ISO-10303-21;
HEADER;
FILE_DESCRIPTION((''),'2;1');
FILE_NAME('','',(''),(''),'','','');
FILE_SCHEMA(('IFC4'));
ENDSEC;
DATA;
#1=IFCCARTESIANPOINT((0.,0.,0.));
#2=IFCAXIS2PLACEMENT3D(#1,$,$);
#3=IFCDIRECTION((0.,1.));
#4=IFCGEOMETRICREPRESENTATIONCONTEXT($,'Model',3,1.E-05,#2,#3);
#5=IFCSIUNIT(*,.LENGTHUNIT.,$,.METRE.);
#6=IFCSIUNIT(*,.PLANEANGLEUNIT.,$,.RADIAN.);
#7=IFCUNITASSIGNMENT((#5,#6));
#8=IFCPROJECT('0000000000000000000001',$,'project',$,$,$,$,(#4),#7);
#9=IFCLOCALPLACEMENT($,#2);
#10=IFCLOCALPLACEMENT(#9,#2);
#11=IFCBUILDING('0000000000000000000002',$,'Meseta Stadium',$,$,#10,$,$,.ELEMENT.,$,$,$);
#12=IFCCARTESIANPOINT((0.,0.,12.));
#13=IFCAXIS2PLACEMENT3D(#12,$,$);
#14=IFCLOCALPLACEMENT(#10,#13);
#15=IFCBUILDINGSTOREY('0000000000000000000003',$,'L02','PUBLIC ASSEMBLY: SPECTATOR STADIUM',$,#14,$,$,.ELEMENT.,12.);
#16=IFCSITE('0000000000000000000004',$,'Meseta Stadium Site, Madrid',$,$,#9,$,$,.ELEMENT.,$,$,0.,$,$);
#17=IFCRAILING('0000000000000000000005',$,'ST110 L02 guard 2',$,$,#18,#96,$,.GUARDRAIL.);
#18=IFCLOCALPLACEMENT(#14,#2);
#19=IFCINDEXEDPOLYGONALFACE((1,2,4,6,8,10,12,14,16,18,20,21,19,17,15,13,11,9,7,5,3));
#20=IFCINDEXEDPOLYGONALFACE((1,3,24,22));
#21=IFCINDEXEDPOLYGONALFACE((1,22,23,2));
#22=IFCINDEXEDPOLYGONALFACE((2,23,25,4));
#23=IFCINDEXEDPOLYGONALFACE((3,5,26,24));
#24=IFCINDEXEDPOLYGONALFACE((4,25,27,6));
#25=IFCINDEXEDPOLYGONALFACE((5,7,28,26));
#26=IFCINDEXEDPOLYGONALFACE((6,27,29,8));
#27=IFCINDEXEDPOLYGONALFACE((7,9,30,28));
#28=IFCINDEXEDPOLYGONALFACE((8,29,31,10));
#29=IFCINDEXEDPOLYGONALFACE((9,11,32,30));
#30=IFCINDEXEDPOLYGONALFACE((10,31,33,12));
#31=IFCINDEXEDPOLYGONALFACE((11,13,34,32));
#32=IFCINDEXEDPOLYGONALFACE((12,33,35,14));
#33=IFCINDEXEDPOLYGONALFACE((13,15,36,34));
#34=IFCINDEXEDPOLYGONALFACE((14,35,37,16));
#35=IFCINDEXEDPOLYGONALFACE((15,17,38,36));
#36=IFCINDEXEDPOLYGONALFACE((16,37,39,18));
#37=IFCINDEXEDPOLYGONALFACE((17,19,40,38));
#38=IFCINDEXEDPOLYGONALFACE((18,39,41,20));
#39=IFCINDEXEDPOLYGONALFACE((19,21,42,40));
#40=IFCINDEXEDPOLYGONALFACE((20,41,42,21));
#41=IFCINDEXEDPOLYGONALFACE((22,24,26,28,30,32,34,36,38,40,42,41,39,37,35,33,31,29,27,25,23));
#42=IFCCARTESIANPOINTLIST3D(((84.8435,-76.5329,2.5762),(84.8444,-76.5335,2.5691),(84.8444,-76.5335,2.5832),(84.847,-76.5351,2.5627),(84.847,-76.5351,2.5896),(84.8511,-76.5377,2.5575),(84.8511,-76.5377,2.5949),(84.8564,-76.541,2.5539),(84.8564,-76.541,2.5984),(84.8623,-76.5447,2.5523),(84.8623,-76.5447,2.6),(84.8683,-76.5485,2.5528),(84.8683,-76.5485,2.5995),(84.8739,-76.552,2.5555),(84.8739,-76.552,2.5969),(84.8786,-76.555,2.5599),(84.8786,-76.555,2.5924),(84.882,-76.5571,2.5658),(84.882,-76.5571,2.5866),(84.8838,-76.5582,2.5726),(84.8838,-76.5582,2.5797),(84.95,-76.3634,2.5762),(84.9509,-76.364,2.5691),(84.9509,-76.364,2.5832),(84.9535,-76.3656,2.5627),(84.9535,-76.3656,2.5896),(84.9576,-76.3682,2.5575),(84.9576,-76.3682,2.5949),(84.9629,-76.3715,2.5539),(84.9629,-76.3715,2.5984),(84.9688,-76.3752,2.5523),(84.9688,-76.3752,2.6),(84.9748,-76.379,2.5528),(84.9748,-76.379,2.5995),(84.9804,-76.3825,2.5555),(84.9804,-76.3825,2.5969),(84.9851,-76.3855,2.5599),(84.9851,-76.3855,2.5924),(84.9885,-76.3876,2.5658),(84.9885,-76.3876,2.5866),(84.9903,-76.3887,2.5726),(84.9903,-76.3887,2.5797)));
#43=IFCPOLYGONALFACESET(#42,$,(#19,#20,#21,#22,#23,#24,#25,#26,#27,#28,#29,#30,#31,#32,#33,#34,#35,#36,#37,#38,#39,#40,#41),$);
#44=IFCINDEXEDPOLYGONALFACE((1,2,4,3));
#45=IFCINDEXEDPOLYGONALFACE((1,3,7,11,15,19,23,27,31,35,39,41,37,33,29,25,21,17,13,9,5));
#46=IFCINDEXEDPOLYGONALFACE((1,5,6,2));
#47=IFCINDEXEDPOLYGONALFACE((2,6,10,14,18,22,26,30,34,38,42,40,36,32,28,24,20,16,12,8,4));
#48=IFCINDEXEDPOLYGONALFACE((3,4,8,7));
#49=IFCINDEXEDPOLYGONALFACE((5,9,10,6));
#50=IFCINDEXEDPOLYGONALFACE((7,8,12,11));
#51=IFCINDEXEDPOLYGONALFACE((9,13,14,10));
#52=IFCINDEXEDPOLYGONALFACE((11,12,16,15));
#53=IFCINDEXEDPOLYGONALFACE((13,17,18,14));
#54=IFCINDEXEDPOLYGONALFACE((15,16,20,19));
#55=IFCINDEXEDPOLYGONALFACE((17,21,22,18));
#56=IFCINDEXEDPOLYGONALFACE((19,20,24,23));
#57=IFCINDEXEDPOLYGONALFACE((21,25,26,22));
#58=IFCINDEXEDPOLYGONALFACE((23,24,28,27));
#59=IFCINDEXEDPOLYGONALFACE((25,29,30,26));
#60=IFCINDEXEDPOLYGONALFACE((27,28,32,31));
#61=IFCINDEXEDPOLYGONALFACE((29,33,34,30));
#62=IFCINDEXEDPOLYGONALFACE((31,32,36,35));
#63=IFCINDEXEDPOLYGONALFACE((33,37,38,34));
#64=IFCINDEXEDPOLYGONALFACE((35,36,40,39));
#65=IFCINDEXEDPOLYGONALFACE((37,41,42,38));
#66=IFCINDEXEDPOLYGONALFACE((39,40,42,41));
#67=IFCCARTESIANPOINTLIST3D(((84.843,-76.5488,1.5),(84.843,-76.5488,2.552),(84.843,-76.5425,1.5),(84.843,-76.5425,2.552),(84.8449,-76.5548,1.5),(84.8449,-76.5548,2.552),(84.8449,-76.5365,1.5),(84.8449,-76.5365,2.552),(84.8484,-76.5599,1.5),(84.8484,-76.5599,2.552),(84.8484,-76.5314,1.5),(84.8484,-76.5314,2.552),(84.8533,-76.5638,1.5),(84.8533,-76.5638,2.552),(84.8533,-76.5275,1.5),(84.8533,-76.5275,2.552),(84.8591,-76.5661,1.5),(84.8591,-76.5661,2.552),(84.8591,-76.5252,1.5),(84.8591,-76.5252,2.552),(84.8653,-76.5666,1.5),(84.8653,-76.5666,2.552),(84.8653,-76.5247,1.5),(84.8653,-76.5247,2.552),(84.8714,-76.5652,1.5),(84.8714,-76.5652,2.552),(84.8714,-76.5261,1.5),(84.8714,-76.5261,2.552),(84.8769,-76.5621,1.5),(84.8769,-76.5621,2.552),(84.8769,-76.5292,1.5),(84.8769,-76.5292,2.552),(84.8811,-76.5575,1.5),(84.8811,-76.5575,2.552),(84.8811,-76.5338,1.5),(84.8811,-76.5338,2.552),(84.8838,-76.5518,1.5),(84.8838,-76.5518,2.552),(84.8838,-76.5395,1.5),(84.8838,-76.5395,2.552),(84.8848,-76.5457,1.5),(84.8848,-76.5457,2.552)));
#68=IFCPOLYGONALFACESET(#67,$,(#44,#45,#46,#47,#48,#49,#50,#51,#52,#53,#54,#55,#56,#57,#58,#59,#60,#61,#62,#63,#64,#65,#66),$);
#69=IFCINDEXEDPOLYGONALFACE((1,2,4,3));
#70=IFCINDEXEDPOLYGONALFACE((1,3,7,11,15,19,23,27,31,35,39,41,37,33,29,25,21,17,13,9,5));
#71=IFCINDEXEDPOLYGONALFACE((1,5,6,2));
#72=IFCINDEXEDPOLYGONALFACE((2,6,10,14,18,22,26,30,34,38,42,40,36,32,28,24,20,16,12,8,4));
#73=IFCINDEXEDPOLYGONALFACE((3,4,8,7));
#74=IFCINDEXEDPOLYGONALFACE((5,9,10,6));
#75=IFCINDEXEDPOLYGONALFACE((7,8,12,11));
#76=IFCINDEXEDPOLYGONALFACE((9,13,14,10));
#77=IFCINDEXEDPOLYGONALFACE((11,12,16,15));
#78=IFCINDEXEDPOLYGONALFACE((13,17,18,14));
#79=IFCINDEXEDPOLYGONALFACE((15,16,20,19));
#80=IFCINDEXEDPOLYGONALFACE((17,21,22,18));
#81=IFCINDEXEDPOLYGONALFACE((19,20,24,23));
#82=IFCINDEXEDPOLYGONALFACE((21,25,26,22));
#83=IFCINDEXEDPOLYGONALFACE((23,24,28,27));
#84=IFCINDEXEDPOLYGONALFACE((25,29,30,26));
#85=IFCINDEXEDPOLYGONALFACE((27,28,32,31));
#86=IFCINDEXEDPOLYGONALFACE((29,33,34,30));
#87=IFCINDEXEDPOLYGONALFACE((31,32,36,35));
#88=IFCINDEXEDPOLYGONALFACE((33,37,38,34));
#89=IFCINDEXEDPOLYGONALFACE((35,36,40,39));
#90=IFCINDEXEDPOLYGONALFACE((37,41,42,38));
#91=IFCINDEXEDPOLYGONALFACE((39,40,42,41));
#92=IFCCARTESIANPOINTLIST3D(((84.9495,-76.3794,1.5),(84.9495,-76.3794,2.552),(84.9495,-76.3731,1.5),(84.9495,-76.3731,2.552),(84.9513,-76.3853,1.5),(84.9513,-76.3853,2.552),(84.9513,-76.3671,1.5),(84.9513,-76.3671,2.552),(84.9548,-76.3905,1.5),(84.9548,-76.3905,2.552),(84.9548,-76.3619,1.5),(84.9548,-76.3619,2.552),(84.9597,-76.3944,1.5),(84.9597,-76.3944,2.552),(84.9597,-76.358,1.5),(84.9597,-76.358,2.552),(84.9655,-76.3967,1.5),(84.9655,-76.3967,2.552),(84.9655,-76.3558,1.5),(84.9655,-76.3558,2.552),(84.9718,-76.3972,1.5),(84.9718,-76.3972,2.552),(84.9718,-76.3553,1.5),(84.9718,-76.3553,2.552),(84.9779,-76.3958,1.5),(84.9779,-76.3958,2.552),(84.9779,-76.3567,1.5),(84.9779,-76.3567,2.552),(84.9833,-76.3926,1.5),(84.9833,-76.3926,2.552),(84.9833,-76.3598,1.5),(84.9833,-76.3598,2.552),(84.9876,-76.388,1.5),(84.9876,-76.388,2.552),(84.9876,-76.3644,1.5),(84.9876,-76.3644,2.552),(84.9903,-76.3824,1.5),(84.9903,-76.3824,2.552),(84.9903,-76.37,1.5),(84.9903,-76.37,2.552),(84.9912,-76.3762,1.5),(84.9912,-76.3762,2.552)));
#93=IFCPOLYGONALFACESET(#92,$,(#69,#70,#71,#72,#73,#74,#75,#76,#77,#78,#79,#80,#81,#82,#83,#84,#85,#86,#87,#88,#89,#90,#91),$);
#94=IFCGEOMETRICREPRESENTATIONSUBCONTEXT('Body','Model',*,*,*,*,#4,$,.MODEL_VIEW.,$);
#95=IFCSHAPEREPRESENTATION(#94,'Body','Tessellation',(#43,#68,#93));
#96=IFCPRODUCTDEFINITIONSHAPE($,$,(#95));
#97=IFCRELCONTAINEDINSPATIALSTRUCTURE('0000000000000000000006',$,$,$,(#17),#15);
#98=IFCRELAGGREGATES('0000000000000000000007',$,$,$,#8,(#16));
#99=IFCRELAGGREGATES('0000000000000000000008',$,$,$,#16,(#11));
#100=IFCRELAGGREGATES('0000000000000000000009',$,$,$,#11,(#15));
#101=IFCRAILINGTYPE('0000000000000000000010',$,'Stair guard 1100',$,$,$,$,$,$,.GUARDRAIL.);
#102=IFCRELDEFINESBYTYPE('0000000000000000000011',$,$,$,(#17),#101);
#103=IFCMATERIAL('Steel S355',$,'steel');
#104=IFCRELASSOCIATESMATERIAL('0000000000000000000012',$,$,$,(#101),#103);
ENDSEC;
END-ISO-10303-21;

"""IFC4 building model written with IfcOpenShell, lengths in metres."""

from ifc_helpers import new_model, si_unit, direction, frame, origin, origin_2d, place, context, subcontext, project, spatial, circle, extrude, material, type_object, element, save


model = new_model("IFC4")

# Units and contexts
model_context = context("Model", 3, precision=1e-05, world=origin(), true_north=direction((0.0, 1.0)))
body_context = subcontext(model_context, "Body", "Model", "MODEL_VIEW")
ifc_project = project(units=[si_unit("LENGTHUNIT", "METRE"), si_unit("PLANEANGLEUNIT", "RADIAN")], contexts=[model_context])

# Site, building, storey
site_placement = place(None, origin())
site = spatial("IfcSite", under=ifc_project, at=site_placement, Name="Meseta Stadium Site, Madrid", CompositionType="ELEMENT", RefElevation=0.0)
building_placement = place(site_placement, origin())
building = spatial("IfcBuilding", under=site, at=building_placement, Name="Meseta Stadium", CompositionType="ELEMENT")
storey_placement = place(building_placement, frame((0.0, 0.0, 12.0)))
storey = spatial("IfcBuildingStorey", under=building, at=storey_placement, Name="L02", Description="PUBLIC ASSEMBLY: SPECTATOR STADIUM", CompositionType="ELEMENT", Elevation=12.0)

# Railing
ifc_material_1 = material(Name="Steel S355", Category="steel")
railing_type_1 = type_object("IfcRailingType", Name="Stair guard 1100", PredefinedType="GUARDRAIL", material=ifc_material_1)
railing_1_placement = place(storey_placement, frame((84.8638, -76.5457, 1.5)))
element("IfcRailing", 1, at=railing_1_placement, inside=storey, type_object=railing_type_1, Name="ST110 L02 guard 2", PredefinedType="GUARDRAIL", context=body_context, shape_type="SweptSolid", body=[
    extrude(circle(Radius=0.0239, at=origin_2d()), frame((0.0, 0.0, 1.0762), z_axis=(0.531972, 0.846762, 0.0), x_axis=(-0.846762, 0.531972, 0.0)), (0.0, 0.0, 1.0), 0.2002),
    extrude(circle(Radius=0.021, at=origin_2d()), origin(), (0.0, 0.0, 1.0), 1.052),
    extrude(circle(Radius=0.021, at=origin_2d()), frame((0.1064, 0.1694, 0.0)), (0.0, 0.0, 1.0), 1.052),
])

save(model, "model.ifc")
